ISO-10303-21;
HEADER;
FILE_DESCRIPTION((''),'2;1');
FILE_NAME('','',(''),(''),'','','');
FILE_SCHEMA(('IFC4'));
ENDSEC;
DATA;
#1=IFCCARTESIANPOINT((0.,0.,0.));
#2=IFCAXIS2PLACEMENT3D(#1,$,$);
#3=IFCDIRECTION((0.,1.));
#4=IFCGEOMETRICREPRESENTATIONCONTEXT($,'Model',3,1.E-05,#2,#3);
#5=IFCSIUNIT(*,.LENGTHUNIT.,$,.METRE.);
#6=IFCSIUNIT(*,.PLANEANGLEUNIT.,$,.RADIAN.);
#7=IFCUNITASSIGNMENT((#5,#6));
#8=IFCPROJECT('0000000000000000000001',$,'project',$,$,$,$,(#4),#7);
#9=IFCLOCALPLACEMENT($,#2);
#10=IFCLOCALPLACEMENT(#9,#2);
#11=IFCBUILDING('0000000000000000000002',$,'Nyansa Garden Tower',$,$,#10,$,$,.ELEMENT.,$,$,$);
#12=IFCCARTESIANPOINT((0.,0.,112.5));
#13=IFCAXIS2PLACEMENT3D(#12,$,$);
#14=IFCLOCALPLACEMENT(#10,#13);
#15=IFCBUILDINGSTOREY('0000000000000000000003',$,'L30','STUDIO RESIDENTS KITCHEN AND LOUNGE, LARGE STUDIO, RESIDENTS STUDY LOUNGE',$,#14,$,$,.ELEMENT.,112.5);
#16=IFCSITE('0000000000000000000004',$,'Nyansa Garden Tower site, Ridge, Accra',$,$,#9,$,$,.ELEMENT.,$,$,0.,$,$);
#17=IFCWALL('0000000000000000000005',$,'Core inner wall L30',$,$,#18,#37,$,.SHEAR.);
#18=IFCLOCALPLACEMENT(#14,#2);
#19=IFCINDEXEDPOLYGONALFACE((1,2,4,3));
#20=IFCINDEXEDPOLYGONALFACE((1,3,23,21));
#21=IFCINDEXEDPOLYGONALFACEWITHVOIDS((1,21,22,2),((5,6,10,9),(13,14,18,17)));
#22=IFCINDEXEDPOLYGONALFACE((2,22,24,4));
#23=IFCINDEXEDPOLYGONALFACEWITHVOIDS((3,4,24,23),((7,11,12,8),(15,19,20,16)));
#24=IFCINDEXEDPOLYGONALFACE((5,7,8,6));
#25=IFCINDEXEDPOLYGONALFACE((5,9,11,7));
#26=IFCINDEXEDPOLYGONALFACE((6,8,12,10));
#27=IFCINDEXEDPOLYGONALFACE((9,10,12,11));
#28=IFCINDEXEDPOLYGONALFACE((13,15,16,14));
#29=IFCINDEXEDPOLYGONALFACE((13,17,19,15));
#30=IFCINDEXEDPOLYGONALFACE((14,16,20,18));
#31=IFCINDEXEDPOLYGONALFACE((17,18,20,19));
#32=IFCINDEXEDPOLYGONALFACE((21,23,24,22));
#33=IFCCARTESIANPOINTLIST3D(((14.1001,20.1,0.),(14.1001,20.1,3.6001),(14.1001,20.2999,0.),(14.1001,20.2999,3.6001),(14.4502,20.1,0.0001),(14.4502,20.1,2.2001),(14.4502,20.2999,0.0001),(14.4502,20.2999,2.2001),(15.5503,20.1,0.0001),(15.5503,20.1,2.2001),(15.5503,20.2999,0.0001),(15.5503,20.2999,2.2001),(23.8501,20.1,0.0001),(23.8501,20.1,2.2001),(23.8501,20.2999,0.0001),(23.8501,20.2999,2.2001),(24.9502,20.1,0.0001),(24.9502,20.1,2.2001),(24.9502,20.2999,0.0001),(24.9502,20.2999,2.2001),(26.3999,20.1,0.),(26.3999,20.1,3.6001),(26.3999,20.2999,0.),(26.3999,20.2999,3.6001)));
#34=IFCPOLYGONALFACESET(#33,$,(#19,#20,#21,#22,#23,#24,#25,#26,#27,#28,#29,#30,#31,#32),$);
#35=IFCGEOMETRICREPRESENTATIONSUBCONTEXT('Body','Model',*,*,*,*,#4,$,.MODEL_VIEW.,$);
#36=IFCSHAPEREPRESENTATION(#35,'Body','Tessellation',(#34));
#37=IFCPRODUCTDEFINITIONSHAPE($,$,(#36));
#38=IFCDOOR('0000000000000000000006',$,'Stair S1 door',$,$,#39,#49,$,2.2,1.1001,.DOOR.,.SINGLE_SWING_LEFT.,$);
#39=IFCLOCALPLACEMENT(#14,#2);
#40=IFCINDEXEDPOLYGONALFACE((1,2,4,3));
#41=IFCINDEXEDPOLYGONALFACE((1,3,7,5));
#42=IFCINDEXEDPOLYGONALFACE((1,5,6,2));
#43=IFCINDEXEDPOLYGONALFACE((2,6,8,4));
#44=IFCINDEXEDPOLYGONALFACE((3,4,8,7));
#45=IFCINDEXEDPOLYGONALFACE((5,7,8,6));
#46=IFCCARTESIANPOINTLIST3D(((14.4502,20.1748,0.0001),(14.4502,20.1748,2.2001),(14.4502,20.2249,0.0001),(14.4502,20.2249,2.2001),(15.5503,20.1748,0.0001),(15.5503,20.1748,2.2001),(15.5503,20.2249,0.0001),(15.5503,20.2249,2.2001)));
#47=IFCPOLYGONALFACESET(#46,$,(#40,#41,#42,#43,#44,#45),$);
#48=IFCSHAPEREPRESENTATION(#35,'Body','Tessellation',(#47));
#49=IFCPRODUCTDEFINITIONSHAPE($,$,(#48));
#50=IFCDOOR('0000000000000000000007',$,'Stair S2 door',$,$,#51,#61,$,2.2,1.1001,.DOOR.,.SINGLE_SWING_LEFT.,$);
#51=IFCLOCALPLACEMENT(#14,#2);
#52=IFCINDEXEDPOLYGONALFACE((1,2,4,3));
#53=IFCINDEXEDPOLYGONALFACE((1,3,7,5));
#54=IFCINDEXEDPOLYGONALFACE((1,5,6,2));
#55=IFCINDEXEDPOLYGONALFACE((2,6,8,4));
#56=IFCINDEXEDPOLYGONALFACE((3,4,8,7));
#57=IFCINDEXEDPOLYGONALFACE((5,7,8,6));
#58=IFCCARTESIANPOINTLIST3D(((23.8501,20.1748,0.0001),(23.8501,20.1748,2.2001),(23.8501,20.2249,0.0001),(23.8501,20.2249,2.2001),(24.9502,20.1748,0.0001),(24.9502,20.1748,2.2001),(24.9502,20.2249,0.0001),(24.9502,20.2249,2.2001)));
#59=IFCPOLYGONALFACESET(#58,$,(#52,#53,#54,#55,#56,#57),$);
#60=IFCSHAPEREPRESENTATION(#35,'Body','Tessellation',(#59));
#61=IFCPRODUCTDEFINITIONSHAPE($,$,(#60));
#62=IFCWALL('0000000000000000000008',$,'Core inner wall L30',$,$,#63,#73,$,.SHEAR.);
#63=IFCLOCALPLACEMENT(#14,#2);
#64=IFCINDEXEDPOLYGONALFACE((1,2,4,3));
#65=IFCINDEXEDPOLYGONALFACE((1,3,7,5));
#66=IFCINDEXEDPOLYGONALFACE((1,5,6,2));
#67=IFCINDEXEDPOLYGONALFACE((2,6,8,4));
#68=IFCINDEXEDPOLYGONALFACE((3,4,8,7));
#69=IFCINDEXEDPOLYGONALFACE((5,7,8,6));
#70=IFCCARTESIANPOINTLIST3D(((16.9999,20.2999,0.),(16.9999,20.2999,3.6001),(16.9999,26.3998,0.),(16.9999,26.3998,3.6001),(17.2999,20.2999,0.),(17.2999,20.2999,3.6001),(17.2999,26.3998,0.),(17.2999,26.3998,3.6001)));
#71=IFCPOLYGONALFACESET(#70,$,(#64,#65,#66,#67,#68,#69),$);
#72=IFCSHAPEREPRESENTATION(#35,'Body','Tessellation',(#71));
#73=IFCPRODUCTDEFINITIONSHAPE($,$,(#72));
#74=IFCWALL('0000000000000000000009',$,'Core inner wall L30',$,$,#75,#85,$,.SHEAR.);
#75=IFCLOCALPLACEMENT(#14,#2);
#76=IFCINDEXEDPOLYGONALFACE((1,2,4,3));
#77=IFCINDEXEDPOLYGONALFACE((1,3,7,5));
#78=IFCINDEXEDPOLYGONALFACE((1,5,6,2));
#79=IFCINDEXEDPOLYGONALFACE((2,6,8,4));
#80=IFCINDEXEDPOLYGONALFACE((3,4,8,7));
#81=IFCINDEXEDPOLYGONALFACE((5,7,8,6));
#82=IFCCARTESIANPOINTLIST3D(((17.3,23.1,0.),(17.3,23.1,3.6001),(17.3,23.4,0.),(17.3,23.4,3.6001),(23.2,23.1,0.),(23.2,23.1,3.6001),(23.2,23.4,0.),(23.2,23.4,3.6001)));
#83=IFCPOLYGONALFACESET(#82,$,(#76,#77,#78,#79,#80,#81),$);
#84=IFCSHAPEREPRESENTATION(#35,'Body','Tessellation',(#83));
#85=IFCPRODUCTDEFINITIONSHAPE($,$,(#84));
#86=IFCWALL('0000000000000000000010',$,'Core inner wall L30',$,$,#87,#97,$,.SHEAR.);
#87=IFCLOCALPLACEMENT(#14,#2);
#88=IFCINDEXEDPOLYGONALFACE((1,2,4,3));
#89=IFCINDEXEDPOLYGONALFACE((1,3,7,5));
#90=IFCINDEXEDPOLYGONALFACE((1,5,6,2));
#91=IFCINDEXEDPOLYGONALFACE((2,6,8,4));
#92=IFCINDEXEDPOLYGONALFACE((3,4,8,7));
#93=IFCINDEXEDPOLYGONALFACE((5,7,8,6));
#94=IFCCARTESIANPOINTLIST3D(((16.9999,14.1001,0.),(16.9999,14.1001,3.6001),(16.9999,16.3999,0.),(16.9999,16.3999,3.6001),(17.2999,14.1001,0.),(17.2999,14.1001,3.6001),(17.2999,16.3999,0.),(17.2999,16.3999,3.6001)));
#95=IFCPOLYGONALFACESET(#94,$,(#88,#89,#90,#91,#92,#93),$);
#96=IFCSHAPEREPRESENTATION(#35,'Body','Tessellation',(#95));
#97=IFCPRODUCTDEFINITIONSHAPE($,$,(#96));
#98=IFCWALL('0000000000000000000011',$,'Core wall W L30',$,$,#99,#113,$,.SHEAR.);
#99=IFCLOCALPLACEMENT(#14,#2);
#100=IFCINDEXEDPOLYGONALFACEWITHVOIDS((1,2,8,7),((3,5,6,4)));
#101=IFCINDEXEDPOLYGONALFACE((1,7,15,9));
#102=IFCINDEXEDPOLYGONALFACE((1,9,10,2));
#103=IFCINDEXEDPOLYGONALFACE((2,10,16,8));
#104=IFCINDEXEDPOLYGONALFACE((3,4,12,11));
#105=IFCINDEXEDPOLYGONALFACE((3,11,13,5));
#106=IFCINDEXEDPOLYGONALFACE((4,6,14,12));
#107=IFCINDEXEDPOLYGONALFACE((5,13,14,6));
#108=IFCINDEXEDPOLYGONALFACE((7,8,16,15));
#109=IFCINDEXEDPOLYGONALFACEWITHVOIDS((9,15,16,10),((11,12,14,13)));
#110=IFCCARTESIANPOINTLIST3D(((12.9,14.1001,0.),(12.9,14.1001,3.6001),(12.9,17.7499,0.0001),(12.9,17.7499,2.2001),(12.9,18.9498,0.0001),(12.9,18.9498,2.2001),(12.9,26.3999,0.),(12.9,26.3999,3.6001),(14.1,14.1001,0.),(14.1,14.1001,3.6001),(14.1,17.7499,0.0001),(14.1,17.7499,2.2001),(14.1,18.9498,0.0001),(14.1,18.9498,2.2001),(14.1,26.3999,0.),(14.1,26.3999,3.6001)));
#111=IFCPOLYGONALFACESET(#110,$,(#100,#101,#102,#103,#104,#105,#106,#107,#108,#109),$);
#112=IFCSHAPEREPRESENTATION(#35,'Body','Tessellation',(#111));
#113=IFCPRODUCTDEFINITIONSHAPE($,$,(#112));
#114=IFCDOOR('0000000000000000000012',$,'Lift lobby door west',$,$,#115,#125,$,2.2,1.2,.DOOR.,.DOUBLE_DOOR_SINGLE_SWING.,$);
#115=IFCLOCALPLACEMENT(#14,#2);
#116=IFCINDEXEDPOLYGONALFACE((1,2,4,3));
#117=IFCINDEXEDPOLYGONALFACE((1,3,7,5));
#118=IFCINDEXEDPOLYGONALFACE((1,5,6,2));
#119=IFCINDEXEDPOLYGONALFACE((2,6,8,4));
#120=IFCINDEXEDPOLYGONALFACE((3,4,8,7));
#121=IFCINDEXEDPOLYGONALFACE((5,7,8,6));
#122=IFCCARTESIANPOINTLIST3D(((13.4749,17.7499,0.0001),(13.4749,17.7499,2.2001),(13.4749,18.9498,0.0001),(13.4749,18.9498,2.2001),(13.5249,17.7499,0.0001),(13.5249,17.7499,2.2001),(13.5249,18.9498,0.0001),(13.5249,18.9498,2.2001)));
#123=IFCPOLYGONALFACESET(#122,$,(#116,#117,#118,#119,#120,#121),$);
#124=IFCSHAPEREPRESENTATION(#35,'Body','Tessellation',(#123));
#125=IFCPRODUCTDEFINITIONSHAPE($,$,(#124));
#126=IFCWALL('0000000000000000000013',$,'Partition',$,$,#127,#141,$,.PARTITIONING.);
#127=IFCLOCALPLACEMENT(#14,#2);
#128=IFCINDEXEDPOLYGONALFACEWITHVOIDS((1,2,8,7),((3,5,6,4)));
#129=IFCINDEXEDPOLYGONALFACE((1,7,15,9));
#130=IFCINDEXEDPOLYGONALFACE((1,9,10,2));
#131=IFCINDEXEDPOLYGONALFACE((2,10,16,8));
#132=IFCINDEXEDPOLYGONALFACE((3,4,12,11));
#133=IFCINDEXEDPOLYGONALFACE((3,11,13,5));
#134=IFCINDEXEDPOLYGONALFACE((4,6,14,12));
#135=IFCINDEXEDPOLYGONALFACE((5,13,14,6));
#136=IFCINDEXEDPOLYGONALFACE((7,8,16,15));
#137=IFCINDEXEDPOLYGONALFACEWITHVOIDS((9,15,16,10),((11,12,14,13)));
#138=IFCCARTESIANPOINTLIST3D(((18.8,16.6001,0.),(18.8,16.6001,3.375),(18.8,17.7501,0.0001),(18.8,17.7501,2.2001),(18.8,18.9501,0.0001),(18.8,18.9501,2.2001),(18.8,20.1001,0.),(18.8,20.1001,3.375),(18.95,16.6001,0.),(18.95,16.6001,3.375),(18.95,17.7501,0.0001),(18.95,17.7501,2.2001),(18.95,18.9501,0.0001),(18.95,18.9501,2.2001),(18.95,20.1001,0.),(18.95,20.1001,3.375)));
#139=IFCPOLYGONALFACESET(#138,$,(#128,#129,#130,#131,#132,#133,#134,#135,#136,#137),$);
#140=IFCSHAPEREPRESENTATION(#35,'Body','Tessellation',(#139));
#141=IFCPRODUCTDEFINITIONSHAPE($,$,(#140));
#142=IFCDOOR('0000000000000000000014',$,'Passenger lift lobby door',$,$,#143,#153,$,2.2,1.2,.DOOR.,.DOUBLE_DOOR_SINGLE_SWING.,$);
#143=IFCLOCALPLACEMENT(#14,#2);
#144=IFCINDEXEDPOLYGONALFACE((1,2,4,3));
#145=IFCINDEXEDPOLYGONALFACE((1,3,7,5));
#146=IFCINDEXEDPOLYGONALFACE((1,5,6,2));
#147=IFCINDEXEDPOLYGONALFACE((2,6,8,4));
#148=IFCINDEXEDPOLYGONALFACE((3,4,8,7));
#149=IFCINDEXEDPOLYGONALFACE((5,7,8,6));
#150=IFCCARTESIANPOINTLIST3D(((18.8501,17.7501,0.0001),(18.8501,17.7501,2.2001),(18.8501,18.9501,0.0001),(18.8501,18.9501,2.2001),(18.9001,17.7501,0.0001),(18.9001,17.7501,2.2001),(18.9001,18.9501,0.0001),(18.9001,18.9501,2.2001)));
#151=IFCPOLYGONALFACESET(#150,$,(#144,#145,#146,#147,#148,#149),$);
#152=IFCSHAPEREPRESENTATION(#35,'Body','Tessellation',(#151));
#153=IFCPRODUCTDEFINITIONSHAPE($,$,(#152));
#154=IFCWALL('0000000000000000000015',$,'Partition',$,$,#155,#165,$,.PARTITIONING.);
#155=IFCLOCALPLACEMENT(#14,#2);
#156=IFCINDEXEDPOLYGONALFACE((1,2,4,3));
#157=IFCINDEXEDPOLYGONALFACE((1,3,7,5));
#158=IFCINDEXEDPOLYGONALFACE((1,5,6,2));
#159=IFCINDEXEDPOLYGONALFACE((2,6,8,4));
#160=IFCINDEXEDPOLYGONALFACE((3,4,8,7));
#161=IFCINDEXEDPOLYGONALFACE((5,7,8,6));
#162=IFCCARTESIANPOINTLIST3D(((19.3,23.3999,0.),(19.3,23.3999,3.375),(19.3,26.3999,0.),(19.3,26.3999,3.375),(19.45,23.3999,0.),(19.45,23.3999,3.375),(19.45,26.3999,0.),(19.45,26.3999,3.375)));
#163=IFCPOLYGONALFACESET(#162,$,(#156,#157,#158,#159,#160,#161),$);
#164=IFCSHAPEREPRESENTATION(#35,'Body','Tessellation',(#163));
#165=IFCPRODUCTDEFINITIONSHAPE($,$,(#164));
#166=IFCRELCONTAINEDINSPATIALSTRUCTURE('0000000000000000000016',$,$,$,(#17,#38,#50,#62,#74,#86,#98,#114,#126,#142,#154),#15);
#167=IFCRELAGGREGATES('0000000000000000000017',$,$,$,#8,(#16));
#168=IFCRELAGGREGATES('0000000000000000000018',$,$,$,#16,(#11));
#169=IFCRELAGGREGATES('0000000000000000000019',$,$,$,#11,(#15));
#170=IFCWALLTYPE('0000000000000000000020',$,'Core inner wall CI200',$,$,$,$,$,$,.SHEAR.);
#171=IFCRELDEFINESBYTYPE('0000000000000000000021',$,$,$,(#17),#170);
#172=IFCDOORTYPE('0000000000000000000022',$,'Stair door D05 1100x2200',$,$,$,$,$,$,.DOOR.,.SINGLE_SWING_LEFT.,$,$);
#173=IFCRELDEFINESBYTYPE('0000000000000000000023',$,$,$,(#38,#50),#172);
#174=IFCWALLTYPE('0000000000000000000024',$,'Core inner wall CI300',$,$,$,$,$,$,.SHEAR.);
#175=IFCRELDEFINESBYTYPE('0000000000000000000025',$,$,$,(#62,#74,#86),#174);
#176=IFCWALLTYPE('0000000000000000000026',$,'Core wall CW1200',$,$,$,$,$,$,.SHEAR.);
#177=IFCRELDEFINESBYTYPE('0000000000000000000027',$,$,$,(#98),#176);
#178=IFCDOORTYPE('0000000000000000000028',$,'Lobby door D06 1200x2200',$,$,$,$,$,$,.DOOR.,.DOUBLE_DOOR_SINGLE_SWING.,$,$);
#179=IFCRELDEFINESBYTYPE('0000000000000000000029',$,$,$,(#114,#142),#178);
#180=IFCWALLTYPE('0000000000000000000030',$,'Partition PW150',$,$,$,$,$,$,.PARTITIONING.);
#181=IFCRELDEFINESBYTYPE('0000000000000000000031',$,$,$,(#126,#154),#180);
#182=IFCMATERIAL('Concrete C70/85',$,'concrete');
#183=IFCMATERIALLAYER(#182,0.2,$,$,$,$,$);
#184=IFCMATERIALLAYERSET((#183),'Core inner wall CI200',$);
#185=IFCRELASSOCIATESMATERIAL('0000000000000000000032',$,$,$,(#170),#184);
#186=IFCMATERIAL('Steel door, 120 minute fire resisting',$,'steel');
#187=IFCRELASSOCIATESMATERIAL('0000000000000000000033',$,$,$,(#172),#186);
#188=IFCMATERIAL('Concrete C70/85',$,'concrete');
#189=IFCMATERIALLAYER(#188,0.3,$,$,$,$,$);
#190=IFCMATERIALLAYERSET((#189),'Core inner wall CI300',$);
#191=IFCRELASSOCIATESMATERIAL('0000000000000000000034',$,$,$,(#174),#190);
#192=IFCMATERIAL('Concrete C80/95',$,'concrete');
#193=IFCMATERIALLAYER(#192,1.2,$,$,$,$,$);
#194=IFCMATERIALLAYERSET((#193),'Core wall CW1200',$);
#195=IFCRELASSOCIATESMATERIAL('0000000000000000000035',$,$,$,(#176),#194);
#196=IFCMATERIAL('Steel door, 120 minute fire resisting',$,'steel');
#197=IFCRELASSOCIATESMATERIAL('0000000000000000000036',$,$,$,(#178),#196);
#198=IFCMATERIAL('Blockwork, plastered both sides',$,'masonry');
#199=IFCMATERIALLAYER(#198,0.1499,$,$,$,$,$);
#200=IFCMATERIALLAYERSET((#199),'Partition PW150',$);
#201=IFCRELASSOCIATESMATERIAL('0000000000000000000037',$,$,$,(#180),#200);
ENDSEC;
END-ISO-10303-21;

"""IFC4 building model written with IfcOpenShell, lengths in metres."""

from ifc_helpers import new_model, si_unit, direction, frame, frame_2d, origin, place, context, subcontext, project, spatial, rectangle, extrude, material, layer, layer_set, type_object, element, fill, save


model = new_model("IFC4")

# Units and contexts
model_context = context("Model", 3, precision=1e-05, world=origin(), true_north=direction((0.0, 1.0)))
body_context = subcontext(model_context, "Body", "Model", "MODEL_VIEW")
ifc_project = project(units=[si_unit("LENGTHUNIT", "METRE"), si_unit("PLANEANGLEUNIT", "RADIAN")], contexts=[model_context])

# Site, building, storey
site_placement = place(None, origin())
site = spatial("IfcSite", under=ifc_project, at=site_placement, Name="Nyansa Garden Tower site, Ridge, Accra", CompositionType="ELEMENT", RefElevation=0.0)
building_placement = place(site_placement, origin())
building = spatial("IfcBuilding", under=site, at=building_placement, Name="Nyansa Garden Tower", CompositionType="ELEMENT")
storey_placement = place(building_placement, frame((0.0, 0.0, 112.5)))
storey = spatial("IfcBuildingStorey", under=building, at=storey_placement, Name="L30", Description="STUDIO RESIDENTS KITCHEN AND LOUNGE, LARGE STUDIO, RESIDENTS STUDY LOUNGE", CompositionType="ELEMENT", Elevation=112.5)

# Wall, openings, doors
ifc_material_1 = material(Name="Concrete C70/85", Category="concrete")
ifc_layer_1 = layer(ifc_material_1, 0.2)
ifc_layer_set_1 = layer_set([ifc_layer_1], Name="Core inner wall CI200")
wall_type_1 = type_object("IfcWallType", Name="Core inner wall CI200", PredefinedType="SHEAR", material=ifc_layer_set_1)
wall_1_placement = place(storey_placement, frame((14.1001, 20.2, 0.0), z_axis=(0.0, 0.0, 1.0), x_axis=(1.0, 0.0, 0.0)))
wall_1 = element("IfcWall", 1, at=wall_1_placement, inside=storey, type_object=wall_type_1, Name="Core inner wall L30", PredefinedType="SHEAR", context=body_context, shape_type="SweptSolid", body=[
    extrude(rectangle(XDim=12.2998, YDim=0.2, at=frame_2d((6.1499, 0.0))), origin(), (0.0, 0.0, 1.0), 3.6001),
])
opening_1_placement = place(wall_1_placement, frame((0.3501, 0.0, 0.0)))
opening_1 = element("IfcOpeningElement", 2, at=opening_1_placement, cuts=wall_1, PredefinedType="OPENING", context=body_context, shape_type="SweptSolid", body=[
    extrude(rectangle(XDim=1.1001, YDim=2.2, at=frame_2d((0.55, 1.1001))), frame((0.0, 0.1099, 0.0), z_axis=(0.0, -1.0, 0.0), x_axis=(1.0, 0.0, 0.0)), (0.0, 0.0, 1.0), 0.22),
])
opening_2_placement = place(wall_1_placement, frame((9.75, 0.0, 0.0)))
opening_2 = element("IfcOpeningElement", 3, at=opening_2_placement, cuts=wall_1, PredefinedType="OPENING", context=body_context, shape_type="SweptSolid", body=[
    extrude(rectangle(XDim=1.1001, YDim=2.2, at=frame_2d((0.55, 1.1001))), frame((0.0, 0.1099, 0.0), z_axis=(0.0, -1.0, 0.0), x_axis=(1.0, 0.0, 0.0)), (0.0, 0.0, 1.0), 0.22),
])
ifc_material_2 = material(Name="Steel door, 120 minute fire resisting", Category="steel")
door_type_1 = type_object("IfcDoorType", Name="Stair door D05 1100x2200", OperationType="SINGLE_SWING_LEFT", PredefinedType="DOOR", material=ifc_material_2)
door_1_placement = place(opening_1_placement, origin())
door_1 = element("IfcDoor", 4, at=door_1_placement, inside=storey, type_object=door_type_1, Name="Stair S1 door", OperationType="SINGLE_SWING_LEFT", OverallHeight=2.2, OverallWidth=1.1001, PredefinedType="DOOR", context=body_context, shape_type="SweptSolid", body=[
    extrude(rectangle(XDim=1.1001, YDim=2.2, at=frame_2d((0.55, 1.1001))), frame((0.0, 0.0249, 0.0), z_axis=(0.0, -1.0, 0.0), x_axis=(1.0, 0.0, 0.0)), (0.0, 0.0, 1.0), 0.05),
])
fill(opening_1, door_1)
door_2_placement = place(opening_2_placement, origin())
door_2 = element("IfcDoor", 5, at=door_2_placement, inside=storey, type_object=door_type_1, Name="Stair S2 door", OperationType="SINGLE_SWING_LEFT", OverallHeight=2.2, OverallWidth=1.1001, PredefinedType="DOOR", context=body_context, shape_type="SweptSolid", body=[
    extrude(rectangle(XDim=1.1001, YDim=2.2, at=frame_2d((0.55, 1.1001))), frame((0.0, 0.0249, 0.0), z_axis=(0.0, -1.0, 0.0), x_axis=(1.0, 0.0, 0.0)), (0.0, 0.0, 1.0), 0.05),
])
fill(opening_2, door_2)

# Walls
ifc_material_3 = material(Name="Concrete C70/85", Category="concrete")
ifc_layer_2 = layer(ifc_material_3, 0.3)
ifc_layer_set_2 = layer_set([ifc_layer_2], Name="Core inner wall CI300")
wall_type_2 = type_object("IfcWallType", Name="Core inner wall CI300", PredefinedType="SHEAR", material=ifc_layer_set_2)
wall_2_placement = place(storey_placement, frame((17.1499, 20.3, 0.0), z_axis=(0.0, 0.0, 1.0), x_axis=(0.0, 1.0, 0.0)))
element("IfcWall", 6, at=wall_2_placement, inside=storey, type_object=wall_type_2, Name="Core inner wall L30", PredefinedType="SHEAR", context=body_context, shape_type="SweptSolid", body=[
    extrude(rectangle(XDim=6.0999, YDim=0.3, at=frame_2d((3.0498, 0.0))), origin(), (0.0, 0.0, 1.0), 3.6001),
])
wall_3_placement = place(storey_placement, frame((17.3, 23.25, 0.0), z_axis=(0.0, 0.0, 1.0), x_axis=(1.0, 0.0, 0.0)))
element("IfcWall", 7, at=wall_3_placement, inside=storey, type_object=wall_type_2, Name="Core inner wall L30", PredefinedType="SHEAR", context=body_context, shape_type="SweptSolid", body=[
    extrude(rectangle(XDim=5.8999, YDim=0.3, at=frame_2d((2.95, 0.0))), origin(), (0.0, 0.0, 1.0), 3.6001),
])
wall_4_placement = place(storey_placement, frame((17.1499, 14.1001, 0.0), z_axis=(0.0, 0.0, 1.0), x_axis=(0.0, 1.0, 0.0)))
element("IfcWall", 8, at=wall_4_placement, inside=storey, type_object=wall_type_2, Name="Core inner wall L30", PredefinedType="SHEAR", context=body_context, shape_type="SweptSolid", body=[
    extrude(rectangle(XDim=2.2998, YDim=0.3, at=frame_2d((1.1499, 0.0))), origin(), (0.0, 0.0, 1.0), 3.6001),
])

# Walls, openings, doors
ifc_material_4 = material(Name="Concrete C80/95", Category="concrete")
ifc_layer_3 = layer(ifc_material_4, 1.2)
ifc_layer_set_3 = layer_set([ifc_layer_3], Name="Core wall CW1200")
wall_type_3 = type_object("IfcWallType", Name="Core wall CW1200", PredefinedType="SHEAR", material=ifc_layer_set_3)
wall_5_placement = place(storey_placement, frame((13.5, 26.3999, 0.0), z_axis=(0.0, 0.0, 1.0), x_axis=(0.0, -1.0, 0.0)))
wall_5 = element("IfcWall", 9, at=wall_5_placement, inside=storey, type_object=wall_type_3, Name="Core wall W L30", PredefinedType="SHEAR", context=body_context, shape_type="SweptSolid", body=[
    extrude(rectangle(XDim=12.2998, YDim=1.2, at=frame_2d((6.1499, 0.0))), origin(), (0.0, 0.0, 1.0), 3.6001),
])
opening_3_placement = place(wall_5_placement, frame((7.45, 0.0, 0.0)))
opening_3 = element("IfcOpeningElement", 10, at=opening_3_placement, cuts=wall_5, PredefinedType="OPENING", context=body_context, shape_type="SweptSolid", body=[
    extrude(rectangle(XDim=1.2, YDim=2.2, at=frame_2d((0.6001, 1.1001))), frame((0.0, 0.6099, 0.0), z_axis=(0.0, -1.0, 0.0), x_axis=(1.0, 0.0, 0.0)), (0.0, 0.0, 1.0), 1.22),
])
ifc_material_5 = material(Name="Steel door, 120 minute fire resisting", Category="steel")
door_type_2 = type_object("IfcDoorType", Name="Lobby door D06 1200x2200", OperationType="DOUBLE_DOOR_SINGLE_SWING", PredefinedType="DOOR", material=ifc_material_5)
door_3_placement = place(opening_3_placement, origin())
door_3 = element("IfcDoor", 11, at=door_3_placement, inside=storey, type_object=door_type_2, Name="Lift lobby door west", OperationType="DOUBLE_DOOR_SINGLE_SWING", OverallHeight=2.2, OverallWidth=1.2, PredefinedType="DOOR", context=body_context, shape_type="SweptSolid", body=[
    extrude(rectangle(XDim=1.2, YDim=2.2, at=frame_2d((0.6001, 1.1001))), frame((0.0, 0.0249, 0.0), z_axis=(0.0, -1.0, 0.0), x_axis=(1.0, 0.0, 0.0)), (0.0, 0.0, 1.0), 0.05),
])
fill(opening_3, door_3)
ifc_material_6 = material(Name="Blockwork, plastered both sides", Category="masonry")
ifc_layer_4 = layer(ifc_material_6, 0.1499)
ifc_layer_set_4 = layer_set([ifc_layer_4], Name="Partition PW150")
wall_type_4 = type_object("IfcWallType", Name="Partition PW150", PredefinedType="PARTITIONING", material=ifc_layer_set_4)
wall_6_placement = place(storey_placement, frame((18.875, 16.6001, 0.0), z_axis=(0.0, 0.0, 1.0), x_axis=(0.0, 1.0, 0.0)))
wall_6 = element("IfcWall", 12, at=wall_6_placement, inside=storey, type_object=wall_type_4, Name="Partition", PredefinedType="PARTITIONING", context=body_context, shape_type="SweptSolid", body=[
    extrude(rectangle(XDim=3.5, YDim=0.1499, at=frame_2d((1.75, 0.0))), origin(), (0.0, 0.0, 1.0), 3.375),
])
opening_4_placement = place(wall_6_placement, frame((1.1499, 0.0, 0.0)))
opening_4 = element("IfcOpeningElement", 13, at=opening_4_placement, cuts=wall_6, PredefinedType="OPENING", context=body_context, shape_type="SweptSolid", body=[
    extrude(rectangle(XDim=1.2, YDim=2.2, at=frame_2d((0.6001, 1.1001))), frame((0.0, 0.085, 0.0), z_axis=(0.0, -1.0, 0.0), x_axis=(1.0, 0.0, 0.0)), (0.0, 0.0, 1.0), 0.1699),
])
door_4_placement = place(opening_4_placement, origin())
door_4 = element("IfcDoor", 14, at=door_4_placement, inside=storey, type_object=door_type_2, Name="Passenger lift lobby door", OperationType="DOUBLE_DOOR_SINGLE_SWING", OverallHeight=2.2, OverallWidth=1.2, PredefinedType="DOOR", context=body_context, shape_type="SweptSolid", body=[
    extrude(rectangle(XDim=1.2, YDim=2.2, at=frame_2d((0.6001, 1.1001))), frame((0.0, 0.0249, 0.0), z_axis=(0.0, -1.0, 0.0), x_axis=(1.0, 0.0, 0.0)), (0.0, 0.0, 1.0), 0.05),
])
fill(opening_4, door_4)

# Wall
wall_7_placement = place(storey_placement, frame((19.375, 23.3999, 0.0), z_axis=(0.0, 0.0, 1.0), x_axis=(0.0, 1.0, 0.0)))
element("IfcWall", 15, at=wall_7_placement, inside=storey, type_object=wall_type_4, Name="Partition", PredefinedType="PARTITIONING", context=body_context, shape_type="SweptSolid", body=[
    extrude(rectangle(XDim=3.0, YDim=0.1499, at=frame_2d((1.5, 0.0))), origin(), (0.0, 0.0, 1.0), 3.375),
])

save(model, "model.ifc")
